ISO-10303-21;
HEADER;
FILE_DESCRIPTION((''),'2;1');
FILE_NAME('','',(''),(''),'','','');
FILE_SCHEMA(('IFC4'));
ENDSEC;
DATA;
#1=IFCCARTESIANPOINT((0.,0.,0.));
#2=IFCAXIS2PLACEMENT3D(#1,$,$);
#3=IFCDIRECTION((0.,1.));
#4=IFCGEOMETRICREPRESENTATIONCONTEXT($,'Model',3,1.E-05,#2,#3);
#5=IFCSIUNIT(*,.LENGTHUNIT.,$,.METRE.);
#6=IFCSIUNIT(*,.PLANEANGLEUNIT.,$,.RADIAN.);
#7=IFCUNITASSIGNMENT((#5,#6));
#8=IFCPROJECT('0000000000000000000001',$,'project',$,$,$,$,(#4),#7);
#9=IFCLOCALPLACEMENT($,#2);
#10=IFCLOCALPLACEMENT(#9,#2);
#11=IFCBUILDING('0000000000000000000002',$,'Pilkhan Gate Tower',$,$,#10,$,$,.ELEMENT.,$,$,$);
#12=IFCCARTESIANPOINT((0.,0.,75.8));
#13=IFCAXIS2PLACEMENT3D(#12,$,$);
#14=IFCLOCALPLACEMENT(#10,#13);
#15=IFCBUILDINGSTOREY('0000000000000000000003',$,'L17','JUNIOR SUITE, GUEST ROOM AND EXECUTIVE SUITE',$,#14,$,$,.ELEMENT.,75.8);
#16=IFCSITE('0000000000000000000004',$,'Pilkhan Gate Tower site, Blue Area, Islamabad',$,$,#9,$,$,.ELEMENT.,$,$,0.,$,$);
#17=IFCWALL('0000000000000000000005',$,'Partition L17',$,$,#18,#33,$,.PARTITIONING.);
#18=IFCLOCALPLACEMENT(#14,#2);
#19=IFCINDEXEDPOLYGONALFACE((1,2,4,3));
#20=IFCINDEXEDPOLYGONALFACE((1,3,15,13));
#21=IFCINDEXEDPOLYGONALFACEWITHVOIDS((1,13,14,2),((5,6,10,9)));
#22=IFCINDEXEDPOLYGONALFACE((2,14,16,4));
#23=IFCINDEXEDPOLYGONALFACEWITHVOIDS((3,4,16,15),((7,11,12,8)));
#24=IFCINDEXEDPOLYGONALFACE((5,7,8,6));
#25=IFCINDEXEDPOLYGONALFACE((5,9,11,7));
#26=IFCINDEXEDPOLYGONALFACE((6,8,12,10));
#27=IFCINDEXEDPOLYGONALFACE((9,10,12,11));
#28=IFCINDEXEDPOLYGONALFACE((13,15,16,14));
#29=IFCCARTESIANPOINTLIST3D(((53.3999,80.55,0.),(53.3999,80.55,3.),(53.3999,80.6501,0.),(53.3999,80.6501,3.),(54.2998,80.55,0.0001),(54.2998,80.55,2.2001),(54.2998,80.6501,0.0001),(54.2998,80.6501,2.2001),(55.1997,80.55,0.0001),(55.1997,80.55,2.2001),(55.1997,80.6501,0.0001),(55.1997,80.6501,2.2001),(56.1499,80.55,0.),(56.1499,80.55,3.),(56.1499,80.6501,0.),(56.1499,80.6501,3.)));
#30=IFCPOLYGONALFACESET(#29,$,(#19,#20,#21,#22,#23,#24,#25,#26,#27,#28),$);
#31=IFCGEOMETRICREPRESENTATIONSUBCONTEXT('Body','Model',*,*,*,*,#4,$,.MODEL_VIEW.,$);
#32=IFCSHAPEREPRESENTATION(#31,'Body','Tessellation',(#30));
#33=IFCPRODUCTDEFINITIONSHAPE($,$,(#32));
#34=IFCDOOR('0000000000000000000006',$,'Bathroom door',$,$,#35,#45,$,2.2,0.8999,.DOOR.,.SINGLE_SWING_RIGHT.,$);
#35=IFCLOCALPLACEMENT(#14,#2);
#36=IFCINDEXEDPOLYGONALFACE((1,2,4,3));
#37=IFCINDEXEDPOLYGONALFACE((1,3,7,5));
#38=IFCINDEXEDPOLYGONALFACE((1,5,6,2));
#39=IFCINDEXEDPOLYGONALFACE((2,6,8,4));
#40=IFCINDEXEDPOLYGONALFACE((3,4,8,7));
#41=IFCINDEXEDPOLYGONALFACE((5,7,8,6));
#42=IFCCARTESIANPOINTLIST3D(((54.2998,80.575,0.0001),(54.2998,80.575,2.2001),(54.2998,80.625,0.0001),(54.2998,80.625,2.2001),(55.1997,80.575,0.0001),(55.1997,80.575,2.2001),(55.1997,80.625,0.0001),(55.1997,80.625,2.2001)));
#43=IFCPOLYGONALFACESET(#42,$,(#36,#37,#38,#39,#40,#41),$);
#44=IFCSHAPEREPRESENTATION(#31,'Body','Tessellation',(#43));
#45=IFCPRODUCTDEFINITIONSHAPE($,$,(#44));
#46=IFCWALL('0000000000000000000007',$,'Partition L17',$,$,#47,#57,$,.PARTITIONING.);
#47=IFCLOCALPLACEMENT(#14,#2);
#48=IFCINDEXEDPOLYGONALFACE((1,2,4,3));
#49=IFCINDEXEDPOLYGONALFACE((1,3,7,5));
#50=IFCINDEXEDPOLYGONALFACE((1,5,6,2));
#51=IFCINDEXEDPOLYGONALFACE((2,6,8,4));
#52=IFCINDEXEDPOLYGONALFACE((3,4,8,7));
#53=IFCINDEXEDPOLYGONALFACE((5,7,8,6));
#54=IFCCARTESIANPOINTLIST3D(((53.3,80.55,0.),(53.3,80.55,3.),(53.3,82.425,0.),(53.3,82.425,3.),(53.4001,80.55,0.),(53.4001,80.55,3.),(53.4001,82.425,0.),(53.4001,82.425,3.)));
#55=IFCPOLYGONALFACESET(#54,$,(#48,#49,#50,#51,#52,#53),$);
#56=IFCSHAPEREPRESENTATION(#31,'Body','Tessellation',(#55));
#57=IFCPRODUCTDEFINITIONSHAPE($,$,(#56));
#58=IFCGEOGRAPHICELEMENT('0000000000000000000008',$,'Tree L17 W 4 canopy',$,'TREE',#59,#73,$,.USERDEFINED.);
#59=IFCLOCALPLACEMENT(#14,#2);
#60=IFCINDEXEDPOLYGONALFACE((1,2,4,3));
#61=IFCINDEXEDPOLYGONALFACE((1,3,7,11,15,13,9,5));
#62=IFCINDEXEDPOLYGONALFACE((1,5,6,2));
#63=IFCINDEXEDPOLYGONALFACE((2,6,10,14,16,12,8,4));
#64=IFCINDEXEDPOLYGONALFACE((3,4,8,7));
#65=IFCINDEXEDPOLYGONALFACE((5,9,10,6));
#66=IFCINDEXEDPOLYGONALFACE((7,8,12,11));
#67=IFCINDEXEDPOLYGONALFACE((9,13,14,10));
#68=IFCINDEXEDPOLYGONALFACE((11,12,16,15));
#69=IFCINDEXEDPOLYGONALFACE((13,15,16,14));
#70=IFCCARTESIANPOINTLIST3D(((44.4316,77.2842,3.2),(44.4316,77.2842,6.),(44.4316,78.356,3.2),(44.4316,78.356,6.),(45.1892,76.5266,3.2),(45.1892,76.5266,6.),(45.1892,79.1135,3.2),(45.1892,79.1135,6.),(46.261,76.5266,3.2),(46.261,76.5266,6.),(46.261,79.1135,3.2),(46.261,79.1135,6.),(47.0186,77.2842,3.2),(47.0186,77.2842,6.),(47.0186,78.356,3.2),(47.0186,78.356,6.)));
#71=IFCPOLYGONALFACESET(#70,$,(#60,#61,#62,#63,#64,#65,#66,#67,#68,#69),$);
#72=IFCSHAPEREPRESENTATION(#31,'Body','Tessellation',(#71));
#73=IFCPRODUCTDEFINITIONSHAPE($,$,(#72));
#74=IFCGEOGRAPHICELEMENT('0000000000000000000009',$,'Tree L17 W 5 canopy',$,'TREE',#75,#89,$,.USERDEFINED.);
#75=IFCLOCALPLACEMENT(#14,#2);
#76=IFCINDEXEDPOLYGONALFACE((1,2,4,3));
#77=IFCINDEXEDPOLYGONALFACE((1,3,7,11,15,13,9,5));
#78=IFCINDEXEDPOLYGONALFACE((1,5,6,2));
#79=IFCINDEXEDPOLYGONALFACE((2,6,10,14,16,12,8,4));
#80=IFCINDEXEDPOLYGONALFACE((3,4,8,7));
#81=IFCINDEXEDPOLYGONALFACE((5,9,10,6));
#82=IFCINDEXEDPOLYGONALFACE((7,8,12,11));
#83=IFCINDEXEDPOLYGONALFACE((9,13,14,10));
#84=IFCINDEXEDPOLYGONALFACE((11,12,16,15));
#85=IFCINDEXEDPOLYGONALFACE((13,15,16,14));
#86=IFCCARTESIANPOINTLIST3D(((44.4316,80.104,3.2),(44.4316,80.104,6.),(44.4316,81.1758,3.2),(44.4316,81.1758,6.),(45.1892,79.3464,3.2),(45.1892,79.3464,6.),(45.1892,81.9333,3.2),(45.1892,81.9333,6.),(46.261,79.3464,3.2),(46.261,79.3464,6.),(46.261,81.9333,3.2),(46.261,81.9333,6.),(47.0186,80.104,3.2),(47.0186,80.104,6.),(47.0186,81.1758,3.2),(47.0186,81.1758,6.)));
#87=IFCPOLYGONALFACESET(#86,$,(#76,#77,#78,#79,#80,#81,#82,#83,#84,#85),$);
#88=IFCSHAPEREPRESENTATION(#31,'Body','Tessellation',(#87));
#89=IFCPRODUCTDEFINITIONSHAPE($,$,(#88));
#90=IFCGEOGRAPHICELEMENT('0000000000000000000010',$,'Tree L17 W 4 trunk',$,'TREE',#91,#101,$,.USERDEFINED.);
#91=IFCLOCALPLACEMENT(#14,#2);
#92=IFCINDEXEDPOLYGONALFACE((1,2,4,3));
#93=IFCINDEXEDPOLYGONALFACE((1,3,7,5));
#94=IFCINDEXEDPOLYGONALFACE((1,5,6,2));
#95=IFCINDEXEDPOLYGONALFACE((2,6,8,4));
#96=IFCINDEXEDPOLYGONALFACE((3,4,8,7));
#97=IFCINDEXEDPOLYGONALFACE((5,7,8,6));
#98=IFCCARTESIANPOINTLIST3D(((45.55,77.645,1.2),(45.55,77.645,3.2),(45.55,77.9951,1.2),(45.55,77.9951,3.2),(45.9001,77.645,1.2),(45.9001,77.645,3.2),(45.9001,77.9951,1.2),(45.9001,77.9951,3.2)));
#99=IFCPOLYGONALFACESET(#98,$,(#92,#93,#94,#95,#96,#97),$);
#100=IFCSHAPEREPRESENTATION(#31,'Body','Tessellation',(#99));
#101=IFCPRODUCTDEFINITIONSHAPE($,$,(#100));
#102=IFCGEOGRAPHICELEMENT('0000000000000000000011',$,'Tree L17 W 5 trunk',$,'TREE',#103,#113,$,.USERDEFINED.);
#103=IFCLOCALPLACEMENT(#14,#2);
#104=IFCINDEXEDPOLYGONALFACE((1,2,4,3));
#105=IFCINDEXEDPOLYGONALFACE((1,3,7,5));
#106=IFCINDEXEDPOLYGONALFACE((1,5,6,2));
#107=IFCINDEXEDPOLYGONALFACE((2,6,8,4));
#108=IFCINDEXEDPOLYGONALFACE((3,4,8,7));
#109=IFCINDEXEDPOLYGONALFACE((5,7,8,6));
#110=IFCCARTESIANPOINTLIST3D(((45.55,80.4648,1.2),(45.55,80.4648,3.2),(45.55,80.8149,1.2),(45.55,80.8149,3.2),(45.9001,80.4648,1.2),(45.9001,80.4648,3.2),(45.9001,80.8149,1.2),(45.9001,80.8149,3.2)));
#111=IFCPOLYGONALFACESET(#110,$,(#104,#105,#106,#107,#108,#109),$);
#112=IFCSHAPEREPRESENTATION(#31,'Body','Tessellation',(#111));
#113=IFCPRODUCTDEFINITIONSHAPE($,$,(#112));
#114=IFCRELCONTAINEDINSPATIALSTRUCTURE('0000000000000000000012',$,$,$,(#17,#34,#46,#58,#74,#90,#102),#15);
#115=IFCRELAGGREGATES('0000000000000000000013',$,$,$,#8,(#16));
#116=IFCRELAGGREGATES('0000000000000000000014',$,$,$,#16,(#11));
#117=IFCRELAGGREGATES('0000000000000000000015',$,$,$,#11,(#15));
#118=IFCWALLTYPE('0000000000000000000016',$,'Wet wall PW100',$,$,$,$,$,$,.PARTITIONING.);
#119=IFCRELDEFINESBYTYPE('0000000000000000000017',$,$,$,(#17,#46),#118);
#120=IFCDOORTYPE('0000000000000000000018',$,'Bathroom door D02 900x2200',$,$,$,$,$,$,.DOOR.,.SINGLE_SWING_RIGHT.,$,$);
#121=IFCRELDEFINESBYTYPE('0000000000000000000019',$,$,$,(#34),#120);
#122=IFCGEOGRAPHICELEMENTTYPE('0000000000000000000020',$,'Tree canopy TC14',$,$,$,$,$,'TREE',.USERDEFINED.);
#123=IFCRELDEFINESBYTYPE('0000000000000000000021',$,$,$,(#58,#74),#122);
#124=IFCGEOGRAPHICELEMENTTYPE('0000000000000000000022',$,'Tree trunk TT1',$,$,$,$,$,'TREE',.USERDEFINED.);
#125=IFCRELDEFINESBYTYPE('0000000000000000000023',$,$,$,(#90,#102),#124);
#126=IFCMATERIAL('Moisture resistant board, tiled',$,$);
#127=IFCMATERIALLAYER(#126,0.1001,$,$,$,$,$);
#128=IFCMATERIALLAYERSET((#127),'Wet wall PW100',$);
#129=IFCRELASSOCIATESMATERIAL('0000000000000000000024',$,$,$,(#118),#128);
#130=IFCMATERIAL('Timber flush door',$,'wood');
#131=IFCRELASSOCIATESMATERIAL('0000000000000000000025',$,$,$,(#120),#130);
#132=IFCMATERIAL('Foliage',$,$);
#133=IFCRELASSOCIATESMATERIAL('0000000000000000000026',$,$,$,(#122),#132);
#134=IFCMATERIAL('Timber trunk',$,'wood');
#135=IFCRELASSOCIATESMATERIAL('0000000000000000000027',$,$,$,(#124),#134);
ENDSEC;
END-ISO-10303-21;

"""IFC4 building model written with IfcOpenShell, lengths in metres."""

from ifc_helpers import new_model, si_unit, direction, frame, frame_2d, origin, origin_2d, place, context, subcontext, project, spatial, polyline, rectangle, outline, extrude, material, layer, layer_set, material_profile, profile_set, type_object, element, fill, save


model = new_model("IFC4")

# Units and contexts
model_context = context("Model", 3, precision=1e-05, world=origin(), true_north=direction((0.0, 1.0)))
body_context = subcontext(model_context, "Body", "Model", "MODEL_VIEW")
ifc_project = project(units=[si_unit("LENGTHUNIT", "METRE"), si_unit("PLANEANGLEUNIT", "RADIAN")], contexts=[model_context])

# Site, building, storey
site_placement = place(None, origin())
site = spatial("IfcSite", under=ifc_project, at=site_placement, Name="Pilkhan Gate Tower site, Blue Area, Islamabad", CompositionType="ELEMENT", RefElevation=0.0)
building_placement = place(site_placement, origin())
building = spatial("IfcBuilding", under=site, at=building_placement, Name="Pilkhan Gate Tower", CompositionType="ELEMENT")
storey_placement = place(building_placement, frame((0.0, 0.0, 75.8)))
storey = spatial("IfcBuildingStorey", under=building, at=storey_placement, Name="L17", Description="JUNIOR SUITE, GUEST ROOM AND EXECUTIVE SUITE", CompositionType="ELEMENT", Elevation=75.8)

# Shared definitions
ifc_material_1 = material(Name="Moisture resistant board, tiled")
ifc_layer_1 = layer(ifc_material_1, 0.1001)
ifc_layer_set_1 = layer_set([ifc_layer_1], Name="Wet wall PW100")
wall_type_1 = type_object("IfcWallType", Name="Wet wall PW100", PredefinedType="PARTITIONING", material=ifc_layer_set_1)

# Wall, opening, door
ifc_material_2 = material(Name="Timber flush door", Category="wood")
door_type = type_object("IfcDoorType", Name="Bathroom door D02 900x2200", OperationType="SINGLE_SWING_RIGHT", PredefinedType="DOOR", material=ifc_material_2)
wall_1_placement = place(storey_placement, frame((53.3999, 80.6001, 0.0), z_axis=(0.0, 0.0, 1.0), x_axis=(1.0, 0.0, 0.0)))
wall_1 = element("IfcWall", 1, at=wall_1_placement, inside=storey, type_object=wall_type_1, Name="Partition L17", PredefinedType="PARTITIONING", context=body_context, shape_type="SweptSolid", body=[
    extrude(rectangle(XDim=2.75, YDim=0.1001, at=frame_2d((1.375, 0.0))), origin(), (0.0, 0.0, 1.0), 3.0),
])
opening_1_placement = place(wall_1_placement, frame((0.8999, 0.0, 0.0)))
opening_1 = element("IfcOpeningElement", 2, at=opening_1_placement, cuts=wall_1, PredefinedType="OPENING", context=body_context, shape_type="SweptSolid", body=[
    extrude(rectangle(XDim=0.8999, YDim=2.2, at=frame_2d((0.45, 1.1001))), frame((0.0, 0.0601, 0.0), z_axis=(0.0, -1.0, 0.0), x_axis=(1.0, 0.0, 0.0)), (0.0, 0.0, 1.0), 0.1201),
])
door_1_placement = place(opening_1_placement, origin())
door_1 = element("IfcDoor", 3, at=door_1_placement, inside=storey, type_object=door_type, Name="Bathroom door", OperationType="SINGLE_SWING_RIGHT", OverallHeight=2.2, OverallWidth=0.8999, PredefinedType="DOOR", context=body_context, shape_type="SweptSolid", body=[
    extrude(rectangle(XDim=0.8999, YDim=2.2, at=frame_2d((0.45, 1.1001))), frame((0.0, 0.0249, 0.0), z_axis=(0.0, -1.0, 0.0), x_axis=(1.0, 0.0, 0.0)), (0.0, 0.0, 1.0), 0.05),
])
fill(opening_1, door_1)

# Wall
wall_2_placement = place(storey_placement, frame((53.3501, 80.55, 0.0), z_axis=(0.0, 0.0, 1.0), x_axis=(0.0, 1.0, 0.0)))
element("IfcWall", 4, at=wall_2_placement, inside=storey, type_object=wall_type_1, Name="Partition L17", PredefinedType="PARTITIONING", context=body_context, shape_type="SweptSolid", body=[
    extrude(rectangle(XDim=1.875, YDim=0.1001, at=frame_2d((0.9375, 0.0))), origin(), (0.0, 0.0, 1.0), 3.0),
])

# Geographic elements
ifc_material_3 = material(Name="Foliage")
ifc_material_profile_1 = material_profile(ifc_material_3, outline(polyline([(1.2935, 0.5359), (0.5359, 1.2935), (-0.5359, 1.2935), (-1.2935, 0.5359), (-1.2935, -0.5359), (-0.5359, -1.2935), (0.5359, -1.2935), (1.2935, -0.5359), (1.2935, 0.5359)])), Name="Canopy D2.8")
ifc_profile_set_1 = profile_set([ifc_material_profile_1], Name="Foliage")
geographic_element_type_1 = type_object("IfcGeographicElementType", Name="Tree canopy TC14", ElementType="TREE", PredefinedType="USERDEFINED", material=ifc_profile_set_1)
for number, where, z_axis, x_axis, name in (
    (5, (45.7251, 77.8201, 3.2), (0.0, 0.0, 1.0), (1.0, 0.0, 0.0), "Tree L17 W 4 canopy"),
    (6, (45.7251, 80.6399, 3.2), (0.0, 0.0, 1.0), (1.0, 0.0, 0.0), "Tree L17 W 5 canopy"),
):
    element("IfcGeographicElement", number, at=place(storey_placement, frame(where, z_axis=z_axis, x_axis=x_axis)), inside=storey, type_object=geographic_element_type_1, Name=name, ObjectType="TREE", PredefinedType="USERDEFINED", context=body_context, shape_type="SweptSolid", body=[
        extrude(outline(polyline([(1.2935, 0.5359), (0.5359, 1.2935), (-0.5359, 1.2935), (-1.2935, 0.5359), (-1.2935, -0.5359), (-0.5359, -1.2935), (0.5359, -1.2935), (1.2935, -0.5359), (1.2935, 0.5359)])), origin(), (0.0, 0.0, 1.0), 2.8),
    ])
ifc_material_4 = material(Name="Timber trunk", Category="wood")
geographic_element_type_2 = type_object("IfcGeographicElementType", Name="Tree trunk TT1", ElementType="TREE", PredefinedType="USERDEFINED", material=ifc_material_4)
for number, where, z_axis, x_axis, name in (
    (7, (45.7251, 77.8201, 1.2), (0.0, 0.0, 1.0), (1.0, 0.0, 0.0), "Tree L17 W 4 trunk"),
    (8, (45.7251, 80.6399, 1.2), (0.0, 0.0, 1.0), (1.0, 0.0, 0.0), "Tree L17 W 5 trunk"),
):
    element("IfcGeographicElement", number, at=place(storey_placement, frame(where, z_axis=z_axis, x_axis=x_axis)), inside=storey, type_object=geographic_element_type_2, Name=name, ObjectType="TREE", PredefinedType="USERDEFINED", context=body_context, shape_type="SweptSolid", body=[
        extrude(rectangle(XDim=0.3501, YDim=0.3501, at=origin_2d()), origin(), (0.0, 0.0, 1.0), 2.0),
    ])

save(model, "model.ifc")
